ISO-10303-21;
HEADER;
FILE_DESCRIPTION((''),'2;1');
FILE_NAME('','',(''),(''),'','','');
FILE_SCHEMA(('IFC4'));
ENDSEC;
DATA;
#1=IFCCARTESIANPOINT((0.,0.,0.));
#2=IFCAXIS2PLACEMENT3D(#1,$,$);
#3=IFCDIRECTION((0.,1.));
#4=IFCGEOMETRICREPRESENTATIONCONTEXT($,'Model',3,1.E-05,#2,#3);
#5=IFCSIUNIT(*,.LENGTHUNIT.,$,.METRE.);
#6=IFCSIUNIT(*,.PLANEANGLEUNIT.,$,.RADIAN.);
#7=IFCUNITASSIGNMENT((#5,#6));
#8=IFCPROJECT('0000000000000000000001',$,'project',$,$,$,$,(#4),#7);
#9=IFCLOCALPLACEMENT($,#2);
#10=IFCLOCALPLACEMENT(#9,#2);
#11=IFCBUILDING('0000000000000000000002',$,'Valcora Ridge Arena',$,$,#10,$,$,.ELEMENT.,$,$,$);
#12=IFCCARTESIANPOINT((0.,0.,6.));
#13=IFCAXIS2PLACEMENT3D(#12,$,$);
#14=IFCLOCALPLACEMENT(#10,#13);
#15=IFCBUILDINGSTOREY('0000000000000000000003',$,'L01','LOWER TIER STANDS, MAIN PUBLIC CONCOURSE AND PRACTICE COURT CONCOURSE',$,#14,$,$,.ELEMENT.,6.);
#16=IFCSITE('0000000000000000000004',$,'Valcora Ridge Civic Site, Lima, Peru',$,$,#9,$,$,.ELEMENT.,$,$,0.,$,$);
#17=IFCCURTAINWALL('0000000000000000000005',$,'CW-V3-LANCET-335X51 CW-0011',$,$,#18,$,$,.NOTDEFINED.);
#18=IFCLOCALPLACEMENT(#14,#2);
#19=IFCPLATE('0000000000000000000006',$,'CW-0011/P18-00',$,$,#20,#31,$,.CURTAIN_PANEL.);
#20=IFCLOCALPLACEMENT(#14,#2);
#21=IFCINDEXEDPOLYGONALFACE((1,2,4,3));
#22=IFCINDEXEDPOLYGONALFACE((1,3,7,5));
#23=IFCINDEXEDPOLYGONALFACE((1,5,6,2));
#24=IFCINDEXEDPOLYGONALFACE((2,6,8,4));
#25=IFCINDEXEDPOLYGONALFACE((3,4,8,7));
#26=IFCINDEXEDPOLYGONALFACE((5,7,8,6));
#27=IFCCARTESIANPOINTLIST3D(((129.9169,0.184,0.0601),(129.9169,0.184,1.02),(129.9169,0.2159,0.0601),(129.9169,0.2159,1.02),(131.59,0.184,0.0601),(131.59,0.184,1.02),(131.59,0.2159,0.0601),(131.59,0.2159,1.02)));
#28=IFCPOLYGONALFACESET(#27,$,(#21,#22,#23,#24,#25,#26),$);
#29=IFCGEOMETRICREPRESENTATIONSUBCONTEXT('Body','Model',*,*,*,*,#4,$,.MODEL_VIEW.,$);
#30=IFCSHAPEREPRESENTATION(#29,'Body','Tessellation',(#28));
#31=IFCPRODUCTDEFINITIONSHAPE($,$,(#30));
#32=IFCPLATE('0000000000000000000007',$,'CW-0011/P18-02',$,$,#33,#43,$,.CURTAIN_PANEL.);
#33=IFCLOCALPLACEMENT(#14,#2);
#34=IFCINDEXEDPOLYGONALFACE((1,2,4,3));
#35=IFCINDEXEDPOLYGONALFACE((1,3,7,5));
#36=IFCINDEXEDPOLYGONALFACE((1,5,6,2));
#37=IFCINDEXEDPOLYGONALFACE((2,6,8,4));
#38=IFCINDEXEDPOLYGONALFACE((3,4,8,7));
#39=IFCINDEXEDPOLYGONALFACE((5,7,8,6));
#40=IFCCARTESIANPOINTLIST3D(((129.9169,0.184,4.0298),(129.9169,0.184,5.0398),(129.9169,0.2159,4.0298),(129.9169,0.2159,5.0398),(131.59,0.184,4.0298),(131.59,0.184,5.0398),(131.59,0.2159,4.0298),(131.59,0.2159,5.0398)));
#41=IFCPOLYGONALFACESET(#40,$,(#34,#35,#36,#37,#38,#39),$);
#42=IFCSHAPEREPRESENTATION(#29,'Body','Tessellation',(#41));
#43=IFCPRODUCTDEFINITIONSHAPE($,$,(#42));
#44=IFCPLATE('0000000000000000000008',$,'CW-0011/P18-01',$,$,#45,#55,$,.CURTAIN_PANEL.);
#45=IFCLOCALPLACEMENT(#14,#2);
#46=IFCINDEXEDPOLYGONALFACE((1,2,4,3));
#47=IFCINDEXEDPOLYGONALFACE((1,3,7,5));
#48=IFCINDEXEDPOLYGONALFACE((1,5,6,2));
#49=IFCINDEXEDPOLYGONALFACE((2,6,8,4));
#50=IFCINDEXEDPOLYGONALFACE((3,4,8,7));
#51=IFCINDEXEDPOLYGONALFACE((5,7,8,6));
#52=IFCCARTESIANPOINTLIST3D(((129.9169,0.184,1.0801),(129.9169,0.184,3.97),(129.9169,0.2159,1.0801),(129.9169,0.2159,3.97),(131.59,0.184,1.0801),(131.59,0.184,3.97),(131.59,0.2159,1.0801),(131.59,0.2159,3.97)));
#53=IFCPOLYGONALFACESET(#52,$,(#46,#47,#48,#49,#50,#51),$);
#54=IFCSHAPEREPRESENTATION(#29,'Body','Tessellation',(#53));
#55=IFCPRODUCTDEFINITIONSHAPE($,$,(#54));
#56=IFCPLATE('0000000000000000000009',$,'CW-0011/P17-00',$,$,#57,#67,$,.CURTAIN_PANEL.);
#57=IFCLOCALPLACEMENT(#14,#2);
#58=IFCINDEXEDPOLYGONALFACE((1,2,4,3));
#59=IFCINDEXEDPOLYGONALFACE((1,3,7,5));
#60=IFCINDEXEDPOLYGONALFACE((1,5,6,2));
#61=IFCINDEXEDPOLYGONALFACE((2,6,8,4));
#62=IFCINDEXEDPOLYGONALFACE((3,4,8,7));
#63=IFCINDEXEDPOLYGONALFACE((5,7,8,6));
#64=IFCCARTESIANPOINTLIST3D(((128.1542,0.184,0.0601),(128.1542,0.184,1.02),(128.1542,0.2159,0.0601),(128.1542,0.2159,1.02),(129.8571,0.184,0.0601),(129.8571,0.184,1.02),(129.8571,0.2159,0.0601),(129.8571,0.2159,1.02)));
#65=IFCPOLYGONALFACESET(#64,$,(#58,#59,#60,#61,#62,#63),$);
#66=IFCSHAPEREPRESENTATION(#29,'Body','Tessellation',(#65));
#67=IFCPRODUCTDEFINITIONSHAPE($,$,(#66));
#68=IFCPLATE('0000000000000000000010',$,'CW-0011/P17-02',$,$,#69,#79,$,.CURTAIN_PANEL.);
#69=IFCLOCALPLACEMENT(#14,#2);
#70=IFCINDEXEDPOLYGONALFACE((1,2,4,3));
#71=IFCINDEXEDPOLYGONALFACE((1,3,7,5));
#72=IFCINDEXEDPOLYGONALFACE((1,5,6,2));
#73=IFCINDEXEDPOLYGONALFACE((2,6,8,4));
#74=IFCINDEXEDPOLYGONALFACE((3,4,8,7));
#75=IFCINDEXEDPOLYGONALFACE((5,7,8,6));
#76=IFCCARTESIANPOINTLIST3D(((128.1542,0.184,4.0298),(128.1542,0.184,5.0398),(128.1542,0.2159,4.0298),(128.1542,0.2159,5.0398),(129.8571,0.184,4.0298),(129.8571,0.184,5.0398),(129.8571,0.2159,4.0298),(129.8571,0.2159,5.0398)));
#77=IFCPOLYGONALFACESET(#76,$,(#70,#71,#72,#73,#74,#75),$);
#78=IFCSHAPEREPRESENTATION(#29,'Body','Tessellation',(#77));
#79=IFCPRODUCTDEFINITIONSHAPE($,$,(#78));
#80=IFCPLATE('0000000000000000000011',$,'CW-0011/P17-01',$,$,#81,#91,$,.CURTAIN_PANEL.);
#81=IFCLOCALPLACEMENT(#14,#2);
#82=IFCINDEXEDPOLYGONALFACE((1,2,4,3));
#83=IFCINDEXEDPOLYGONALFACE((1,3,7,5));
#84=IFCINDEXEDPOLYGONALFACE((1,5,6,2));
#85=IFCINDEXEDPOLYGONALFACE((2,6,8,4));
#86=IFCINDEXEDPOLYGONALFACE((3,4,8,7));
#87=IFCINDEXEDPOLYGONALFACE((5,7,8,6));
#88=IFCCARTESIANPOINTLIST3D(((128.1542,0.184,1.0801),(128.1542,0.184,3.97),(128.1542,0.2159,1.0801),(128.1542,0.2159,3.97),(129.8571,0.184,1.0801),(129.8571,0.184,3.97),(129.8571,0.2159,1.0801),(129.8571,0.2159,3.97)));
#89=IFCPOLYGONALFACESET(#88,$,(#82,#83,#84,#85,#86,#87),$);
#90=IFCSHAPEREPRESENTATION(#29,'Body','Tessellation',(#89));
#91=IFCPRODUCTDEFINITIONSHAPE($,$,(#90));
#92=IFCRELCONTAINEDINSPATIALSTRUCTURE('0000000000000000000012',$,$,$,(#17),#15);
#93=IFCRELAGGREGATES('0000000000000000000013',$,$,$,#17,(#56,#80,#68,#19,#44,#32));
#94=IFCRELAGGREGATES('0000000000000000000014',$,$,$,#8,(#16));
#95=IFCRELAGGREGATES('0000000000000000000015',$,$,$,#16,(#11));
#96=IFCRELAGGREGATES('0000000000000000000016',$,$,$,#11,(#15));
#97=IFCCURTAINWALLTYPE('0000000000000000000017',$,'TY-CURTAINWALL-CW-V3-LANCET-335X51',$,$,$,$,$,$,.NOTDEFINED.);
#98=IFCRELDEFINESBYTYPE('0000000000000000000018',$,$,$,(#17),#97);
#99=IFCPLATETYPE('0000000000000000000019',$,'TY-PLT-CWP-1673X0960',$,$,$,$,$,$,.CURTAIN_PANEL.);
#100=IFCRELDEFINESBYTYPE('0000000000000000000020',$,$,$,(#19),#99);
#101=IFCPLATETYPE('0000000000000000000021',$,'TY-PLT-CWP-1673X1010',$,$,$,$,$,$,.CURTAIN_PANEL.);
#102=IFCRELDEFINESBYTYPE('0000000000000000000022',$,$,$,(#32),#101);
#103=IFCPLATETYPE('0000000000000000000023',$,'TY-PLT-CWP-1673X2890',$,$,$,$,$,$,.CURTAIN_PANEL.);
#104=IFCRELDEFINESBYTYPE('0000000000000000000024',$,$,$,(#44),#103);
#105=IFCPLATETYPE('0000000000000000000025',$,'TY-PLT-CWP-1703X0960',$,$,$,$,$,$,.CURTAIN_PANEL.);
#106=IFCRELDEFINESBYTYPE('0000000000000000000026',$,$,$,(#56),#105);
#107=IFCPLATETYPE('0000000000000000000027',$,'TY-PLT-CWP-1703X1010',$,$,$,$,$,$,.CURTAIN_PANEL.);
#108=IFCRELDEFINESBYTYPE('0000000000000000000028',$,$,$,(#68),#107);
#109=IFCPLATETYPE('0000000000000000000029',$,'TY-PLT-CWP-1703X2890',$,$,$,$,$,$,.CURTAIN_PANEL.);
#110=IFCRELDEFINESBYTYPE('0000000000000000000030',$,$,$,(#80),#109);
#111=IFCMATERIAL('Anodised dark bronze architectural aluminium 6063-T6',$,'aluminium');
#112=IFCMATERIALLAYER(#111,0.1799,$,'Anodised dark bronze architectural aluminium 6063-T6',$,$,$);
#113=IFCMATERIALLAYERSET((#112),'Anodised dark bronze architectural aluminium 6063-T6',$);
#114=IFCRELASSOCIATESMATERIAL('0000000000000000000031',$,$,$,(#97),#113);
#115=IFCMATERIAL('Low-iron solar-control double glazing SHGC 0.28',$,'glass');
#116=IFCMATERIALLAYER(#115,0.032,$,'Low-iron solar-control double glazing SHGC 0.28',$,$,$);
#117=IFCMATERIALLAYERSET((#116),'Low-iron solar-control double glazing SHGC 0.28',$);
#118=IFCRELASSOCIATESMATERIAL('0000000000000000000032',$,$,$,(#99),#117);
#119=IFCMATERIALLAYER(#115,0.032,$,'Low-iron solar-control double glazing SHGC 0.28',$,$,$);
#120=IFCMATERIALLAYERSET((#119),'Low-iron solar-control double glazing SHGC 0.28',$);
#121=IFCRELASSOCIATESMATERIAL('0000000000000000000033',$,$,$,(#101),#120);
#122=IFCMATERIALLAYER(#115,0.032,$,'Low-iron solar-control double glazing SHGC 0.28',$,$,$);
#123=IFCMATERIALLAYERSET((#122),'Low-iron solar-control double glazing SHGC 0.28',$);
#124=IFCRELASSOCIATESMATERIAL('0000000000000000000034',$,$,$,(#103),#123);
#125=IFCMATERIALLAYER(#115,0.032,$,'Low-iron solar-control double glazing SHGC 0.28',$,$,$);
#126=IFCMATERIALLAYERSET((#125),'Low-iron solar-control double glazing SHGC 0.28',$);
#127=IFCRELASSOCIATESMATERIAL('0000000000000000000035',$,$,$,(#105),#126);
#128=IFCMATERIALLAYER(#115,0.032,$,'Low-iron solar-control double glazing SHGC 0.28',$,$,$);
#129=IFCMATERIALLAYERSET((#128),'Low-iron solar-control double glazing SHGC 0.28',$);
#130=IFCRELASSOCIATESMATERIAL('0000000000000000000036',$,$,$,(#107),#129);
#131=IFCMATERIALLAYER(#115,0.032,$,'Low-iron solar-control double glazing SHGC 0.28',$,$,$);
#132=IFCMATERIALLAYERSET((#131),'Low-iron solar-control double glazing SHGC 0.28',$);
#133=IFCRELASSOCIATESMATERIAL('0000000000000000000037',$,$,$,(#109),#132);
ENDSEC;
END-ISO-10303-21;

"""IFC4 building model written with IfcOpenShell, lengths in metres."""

from ifc_helpers import new_model, si_unit, direction, frame, origin, origin_2d, place, context, subcontext, project, spatial, rectangle, extrude, material, layer, layer_set, type_object, element, aggregate, save


model = new_model("IFC4")

# Units and contexts
model_context = context("Model", 3, precision=1e-05, world=origin(), true_north=direction((0.0, 1.0)))
body_context = subcontext(model_context, "Body", "Model", "MODEL_VIEW")
ifc_project = project(units=[si_unit("LENGTHUNIT", "METRE"), si_unit("PLANEANGLEUNIT", "RADIAN")], contexts=[model_context])

# Site, building, storey
site_placement = place(None, origin())
site = spatial("IfcSite", under=ifc_project, at=site_placement, Name="Valcora Ridge Civic Site, Lima, Peru", CompositionType="ELEMENT", RefElevation=0.0)
building_placement = place(site_placement, origin())
building = spatial("IfcBuilding", under=site, at=building_placement, Name="Valcora Ridge Arena", CompositionType="ELEMENT")
storey_placement = place(building_placement, frame((0.0, 0.0, 6.0)))
storey = spatial("IfcBuildingStorey", under=building, at=storey_placement, Name="L01", Description="LOWER TIER STANDS, MAIN PUBLIC CONCOURSE AND PRACTICE COURT CONCOURSE", CompositionType="ELEMENT", Elevation=6.0)

# Curtain wall
ifc_material_1 = material(Name="Anodised dark bronze architectural aluminium 6063-T6", Category="aluminium")
ifc_layer_1 = layer(ifc_material_1, 0.1799, Name="Anodised dark bronze architectural aluminium 6063-T6")
ifc_layer_set_1 = layer_set([ifc_layer_1], Name="Anodised dark bronze architectural aluminium 6063-T6")
curtain_wall_type_1 = type_object("IfcCurtainWallType", Name="TY-CURTAINWALL-CW-V3-LANCET-335X51", PredefinedType="NOTDEFINED", material=ifc_layer_set_1)
curtain_wall_1_placement = place(storey_placement, origin())
curtain_wall_1 = element("IfcCurtainWall", 1, at=curtain_wall_1_placement, inside=storey, type_object=curtain_wall_type_1, Name="CW-V3-LANCET-335X51 CW-0011", PredefinedType="NOTDEFINED")

# Plates
ifc_material_2 = material(Name="Low-iron solar-control double glazing SHGC 0.28", Category="glass")
ifc_layer_2 = layer(ifc_material_2, 0.032, Name="Low-iron solar-control double glazing SHGC 0.28")
ifc_layer_set_2 = layer_set([ifc_layer_2], Name="Low-iron solar-control double glazing SHGC 0.28")
plate_type_1 = type_object("IfcPlateType", Name="TY-PLT-CWP-1673X0960", PredefinedType="CURTAIN_PANEL", material=ifc_layer_set_2)
plate_1_placement = place(storey_placement, frame((130.7534, 0.2, 0.0601), z_axis=(0.0, 0.0, 1.0), x_axis=(1.0, 0.0, 0.0)))
plate_1 = element("IfcPlate", 2, at=plate_1_placement, type_object=plate_type_1, Name="CW-0011/P18-00", PredefinedType="CURTAIN_PANEL", context=body_context, shape_type="SweptSolid", body=[
    extrude(rectangle(XDim=1.6731, YDim=0.032, at=origin_2d()), origin(), (0.0, 0.0, 1.0), 0.96),
])
ifc_layer_3 = layer(ifc_material_2, 0.032, Name="Low-iron solar-control double glazing SHGC 0.28")
ifc_layer_set_3 = layer_set([ifc_layer_3], Name="Low-iron solar-control double glazing SHGC 0.28")
plate_type_2 = type_object("IfcPlateType", Name="TY-PLT-CWP-1673X1010", PredefinedType="CURTAIN_PANEL", material=ifc_layer_set_3)
plate_2_placement = place(storey_placement, frame((130.7534, 0.2, 4.0298), z_axis=(0.0, 0.0, 1.0), x_axis=(1.0, 0.0, 0.0)))
plate_2 = element("IfcPlate", 3, at=plate_2_placement, type_object=plate_type_2, Name="CW-0011/P18-02", PredefinedType="CURTAIN_PANEL", context=body_context, shape_type="SweptSolid", body=[
    extrude(rectangle(XDim=1.6731, YDim=0.032, at=origin_2d()), origin(), (0.0, 0.0, 1.0), 1.01),
])
ifc_layer_4 = layer(ifc_material_2, 0.032, Name="Low-iron solar-control double glazing SHGC 0.28")
ifc_layer_set_4 = layer_set([ifc_layer_4], Name="Low-iron solar-control double glazing SHGC 0.28")
plate_type_3 = type_object("IfcPlateType", Name="TY-PLT-CWP-1673X2890", PredefinedType="CURTAIN_PANEL", material=ifc_layer_set_4)
plate_3_placement = place(storey_placement, frame((130.7534, 0.2, 1.0801), z_axis=(0.0, 0.0, 1.0), x_axis=(1.0, 0.0, 0.0)))
plate_3 = element("IfcPlate", 4, at=plate_3_placement, type_object=plate_type_3, Name="CW-0011/P18-01", PredefinedType="CURTAIN_PANEL", context=body_context, shape_type="SweptSolid", body=[
    extrude(rectangle(XDim=1.6731, YDim=0.032, at=origin_2d()), origin(), (0.0, 0.0, 1.0), 2.8899),
])
ifc_layer_5 = layer(ifc_material_2, 0.032, Name="Low-iron solar-control double glazing SHGC 0.28")
ifc_layer_set_5 = layer_set([ifc_layer_5], Name="Low-iron solar-control double glazing SHGC 0.28")
plate_type_4 = type_object("IfcPlateType", Name="TY-PLT-CWP-1703X0960", PredefinedType="CURTAIN_PANEL", material=ifc_layer_set_5)
plate_4_placement = place(storey_placement, frame((129.0056, 0.2, 0.0601), z_axis=(0.0, 0.0, 1.0), x_axis=(1.0, 0.0, 0.0)))
plate_4 = element("IfcPlate", 5, at=plate_4_placement, type_object=plate_type_4, Name="CW-0011/P17-00", PredefinedType="CURTAIN_PANEL", context=body_context, shape_type="SweptSolid", body=[
    extrude(rectangle(XDim=1.7029, YDim=0.032, at=origin_2d()), origin(), (0.0, 0.0, 1.0), 0.96),
])
ifc_layer_6 = layer(ifc_material_2, 0.032, Name="Low-iron solar-control double glazing SHGC 0.28")
ifc_layer_set_6 = layer_set([ifc_layer_6], Name="Low-iron solar-control double glazing SHGC 0.28")
plate_type_5 = type_object("IfcPlateType", Name="TY-PLT-CWP-1703X1010", PredefinedType="CURTAIN_PANEL", material=ifc_layer_set_6)
plate_5_placement = place(storey_placement, frame((129.0056, 0.2, 4.0298), z_axis=(0.0, 0.0, 1.0), x_axis=(1.0, 0.0, 0.0)))
plate_5 = element("IfcPlate", 6, at=plate_5_placement, type_object=plate_type_5, Name="CW-0011/P17-02", PredefinedType="CURTAIN_PANEL", context=body_context, shape_type="SweptSolid", body=[
    extrude(rectangle(XDim=1.7029, YDim=0.032, at=origin_2d()), origin(), (0.0, 0.0, 1.0), 1.01),
])
ifc_layer_7 = layer(ifc_material_2, 0.032, Name="Low-iron solar-control double glazing SHGC 0.28")
ifc_layer_set_7 = layer_set([ifc_layer_7], Name="Low-iron solar-control double glazing SHGC 0.28")
plate_type_6 = type_object("IfcPlateType", Name="TY-PLT-CWP-1703X2890", PredefinedType="CURTAIN_PANEL", material=ifc_layer_set_7)
plate_6_placement = place(storey_placement, frame((129.0056, 0.2, 1.0801), z_axis=(0.0, 0.0, 1.0), x_axis=(1.0, 0.0, 0.0)))
plate_6 = element("IfcPlate", 7, at=plate_6_placement, type_object=plate_type_6, Name="CW-0011/P17-01", PredefinedType="CURTAIN_PANEL", context=body_context, shape_type="SweptSolid", body=[
    extrude(rectangle(XDim=1.7029, YDim=0.032, at=origin_2d()), origin(), (0.0, 0.0, 1.0), 2.8899),
])
aggregate(curtain_wall_1, [plate_4, plate_6, plate_5, plate_1, plate_3, plate_2])

save(model, "model.ifc")
